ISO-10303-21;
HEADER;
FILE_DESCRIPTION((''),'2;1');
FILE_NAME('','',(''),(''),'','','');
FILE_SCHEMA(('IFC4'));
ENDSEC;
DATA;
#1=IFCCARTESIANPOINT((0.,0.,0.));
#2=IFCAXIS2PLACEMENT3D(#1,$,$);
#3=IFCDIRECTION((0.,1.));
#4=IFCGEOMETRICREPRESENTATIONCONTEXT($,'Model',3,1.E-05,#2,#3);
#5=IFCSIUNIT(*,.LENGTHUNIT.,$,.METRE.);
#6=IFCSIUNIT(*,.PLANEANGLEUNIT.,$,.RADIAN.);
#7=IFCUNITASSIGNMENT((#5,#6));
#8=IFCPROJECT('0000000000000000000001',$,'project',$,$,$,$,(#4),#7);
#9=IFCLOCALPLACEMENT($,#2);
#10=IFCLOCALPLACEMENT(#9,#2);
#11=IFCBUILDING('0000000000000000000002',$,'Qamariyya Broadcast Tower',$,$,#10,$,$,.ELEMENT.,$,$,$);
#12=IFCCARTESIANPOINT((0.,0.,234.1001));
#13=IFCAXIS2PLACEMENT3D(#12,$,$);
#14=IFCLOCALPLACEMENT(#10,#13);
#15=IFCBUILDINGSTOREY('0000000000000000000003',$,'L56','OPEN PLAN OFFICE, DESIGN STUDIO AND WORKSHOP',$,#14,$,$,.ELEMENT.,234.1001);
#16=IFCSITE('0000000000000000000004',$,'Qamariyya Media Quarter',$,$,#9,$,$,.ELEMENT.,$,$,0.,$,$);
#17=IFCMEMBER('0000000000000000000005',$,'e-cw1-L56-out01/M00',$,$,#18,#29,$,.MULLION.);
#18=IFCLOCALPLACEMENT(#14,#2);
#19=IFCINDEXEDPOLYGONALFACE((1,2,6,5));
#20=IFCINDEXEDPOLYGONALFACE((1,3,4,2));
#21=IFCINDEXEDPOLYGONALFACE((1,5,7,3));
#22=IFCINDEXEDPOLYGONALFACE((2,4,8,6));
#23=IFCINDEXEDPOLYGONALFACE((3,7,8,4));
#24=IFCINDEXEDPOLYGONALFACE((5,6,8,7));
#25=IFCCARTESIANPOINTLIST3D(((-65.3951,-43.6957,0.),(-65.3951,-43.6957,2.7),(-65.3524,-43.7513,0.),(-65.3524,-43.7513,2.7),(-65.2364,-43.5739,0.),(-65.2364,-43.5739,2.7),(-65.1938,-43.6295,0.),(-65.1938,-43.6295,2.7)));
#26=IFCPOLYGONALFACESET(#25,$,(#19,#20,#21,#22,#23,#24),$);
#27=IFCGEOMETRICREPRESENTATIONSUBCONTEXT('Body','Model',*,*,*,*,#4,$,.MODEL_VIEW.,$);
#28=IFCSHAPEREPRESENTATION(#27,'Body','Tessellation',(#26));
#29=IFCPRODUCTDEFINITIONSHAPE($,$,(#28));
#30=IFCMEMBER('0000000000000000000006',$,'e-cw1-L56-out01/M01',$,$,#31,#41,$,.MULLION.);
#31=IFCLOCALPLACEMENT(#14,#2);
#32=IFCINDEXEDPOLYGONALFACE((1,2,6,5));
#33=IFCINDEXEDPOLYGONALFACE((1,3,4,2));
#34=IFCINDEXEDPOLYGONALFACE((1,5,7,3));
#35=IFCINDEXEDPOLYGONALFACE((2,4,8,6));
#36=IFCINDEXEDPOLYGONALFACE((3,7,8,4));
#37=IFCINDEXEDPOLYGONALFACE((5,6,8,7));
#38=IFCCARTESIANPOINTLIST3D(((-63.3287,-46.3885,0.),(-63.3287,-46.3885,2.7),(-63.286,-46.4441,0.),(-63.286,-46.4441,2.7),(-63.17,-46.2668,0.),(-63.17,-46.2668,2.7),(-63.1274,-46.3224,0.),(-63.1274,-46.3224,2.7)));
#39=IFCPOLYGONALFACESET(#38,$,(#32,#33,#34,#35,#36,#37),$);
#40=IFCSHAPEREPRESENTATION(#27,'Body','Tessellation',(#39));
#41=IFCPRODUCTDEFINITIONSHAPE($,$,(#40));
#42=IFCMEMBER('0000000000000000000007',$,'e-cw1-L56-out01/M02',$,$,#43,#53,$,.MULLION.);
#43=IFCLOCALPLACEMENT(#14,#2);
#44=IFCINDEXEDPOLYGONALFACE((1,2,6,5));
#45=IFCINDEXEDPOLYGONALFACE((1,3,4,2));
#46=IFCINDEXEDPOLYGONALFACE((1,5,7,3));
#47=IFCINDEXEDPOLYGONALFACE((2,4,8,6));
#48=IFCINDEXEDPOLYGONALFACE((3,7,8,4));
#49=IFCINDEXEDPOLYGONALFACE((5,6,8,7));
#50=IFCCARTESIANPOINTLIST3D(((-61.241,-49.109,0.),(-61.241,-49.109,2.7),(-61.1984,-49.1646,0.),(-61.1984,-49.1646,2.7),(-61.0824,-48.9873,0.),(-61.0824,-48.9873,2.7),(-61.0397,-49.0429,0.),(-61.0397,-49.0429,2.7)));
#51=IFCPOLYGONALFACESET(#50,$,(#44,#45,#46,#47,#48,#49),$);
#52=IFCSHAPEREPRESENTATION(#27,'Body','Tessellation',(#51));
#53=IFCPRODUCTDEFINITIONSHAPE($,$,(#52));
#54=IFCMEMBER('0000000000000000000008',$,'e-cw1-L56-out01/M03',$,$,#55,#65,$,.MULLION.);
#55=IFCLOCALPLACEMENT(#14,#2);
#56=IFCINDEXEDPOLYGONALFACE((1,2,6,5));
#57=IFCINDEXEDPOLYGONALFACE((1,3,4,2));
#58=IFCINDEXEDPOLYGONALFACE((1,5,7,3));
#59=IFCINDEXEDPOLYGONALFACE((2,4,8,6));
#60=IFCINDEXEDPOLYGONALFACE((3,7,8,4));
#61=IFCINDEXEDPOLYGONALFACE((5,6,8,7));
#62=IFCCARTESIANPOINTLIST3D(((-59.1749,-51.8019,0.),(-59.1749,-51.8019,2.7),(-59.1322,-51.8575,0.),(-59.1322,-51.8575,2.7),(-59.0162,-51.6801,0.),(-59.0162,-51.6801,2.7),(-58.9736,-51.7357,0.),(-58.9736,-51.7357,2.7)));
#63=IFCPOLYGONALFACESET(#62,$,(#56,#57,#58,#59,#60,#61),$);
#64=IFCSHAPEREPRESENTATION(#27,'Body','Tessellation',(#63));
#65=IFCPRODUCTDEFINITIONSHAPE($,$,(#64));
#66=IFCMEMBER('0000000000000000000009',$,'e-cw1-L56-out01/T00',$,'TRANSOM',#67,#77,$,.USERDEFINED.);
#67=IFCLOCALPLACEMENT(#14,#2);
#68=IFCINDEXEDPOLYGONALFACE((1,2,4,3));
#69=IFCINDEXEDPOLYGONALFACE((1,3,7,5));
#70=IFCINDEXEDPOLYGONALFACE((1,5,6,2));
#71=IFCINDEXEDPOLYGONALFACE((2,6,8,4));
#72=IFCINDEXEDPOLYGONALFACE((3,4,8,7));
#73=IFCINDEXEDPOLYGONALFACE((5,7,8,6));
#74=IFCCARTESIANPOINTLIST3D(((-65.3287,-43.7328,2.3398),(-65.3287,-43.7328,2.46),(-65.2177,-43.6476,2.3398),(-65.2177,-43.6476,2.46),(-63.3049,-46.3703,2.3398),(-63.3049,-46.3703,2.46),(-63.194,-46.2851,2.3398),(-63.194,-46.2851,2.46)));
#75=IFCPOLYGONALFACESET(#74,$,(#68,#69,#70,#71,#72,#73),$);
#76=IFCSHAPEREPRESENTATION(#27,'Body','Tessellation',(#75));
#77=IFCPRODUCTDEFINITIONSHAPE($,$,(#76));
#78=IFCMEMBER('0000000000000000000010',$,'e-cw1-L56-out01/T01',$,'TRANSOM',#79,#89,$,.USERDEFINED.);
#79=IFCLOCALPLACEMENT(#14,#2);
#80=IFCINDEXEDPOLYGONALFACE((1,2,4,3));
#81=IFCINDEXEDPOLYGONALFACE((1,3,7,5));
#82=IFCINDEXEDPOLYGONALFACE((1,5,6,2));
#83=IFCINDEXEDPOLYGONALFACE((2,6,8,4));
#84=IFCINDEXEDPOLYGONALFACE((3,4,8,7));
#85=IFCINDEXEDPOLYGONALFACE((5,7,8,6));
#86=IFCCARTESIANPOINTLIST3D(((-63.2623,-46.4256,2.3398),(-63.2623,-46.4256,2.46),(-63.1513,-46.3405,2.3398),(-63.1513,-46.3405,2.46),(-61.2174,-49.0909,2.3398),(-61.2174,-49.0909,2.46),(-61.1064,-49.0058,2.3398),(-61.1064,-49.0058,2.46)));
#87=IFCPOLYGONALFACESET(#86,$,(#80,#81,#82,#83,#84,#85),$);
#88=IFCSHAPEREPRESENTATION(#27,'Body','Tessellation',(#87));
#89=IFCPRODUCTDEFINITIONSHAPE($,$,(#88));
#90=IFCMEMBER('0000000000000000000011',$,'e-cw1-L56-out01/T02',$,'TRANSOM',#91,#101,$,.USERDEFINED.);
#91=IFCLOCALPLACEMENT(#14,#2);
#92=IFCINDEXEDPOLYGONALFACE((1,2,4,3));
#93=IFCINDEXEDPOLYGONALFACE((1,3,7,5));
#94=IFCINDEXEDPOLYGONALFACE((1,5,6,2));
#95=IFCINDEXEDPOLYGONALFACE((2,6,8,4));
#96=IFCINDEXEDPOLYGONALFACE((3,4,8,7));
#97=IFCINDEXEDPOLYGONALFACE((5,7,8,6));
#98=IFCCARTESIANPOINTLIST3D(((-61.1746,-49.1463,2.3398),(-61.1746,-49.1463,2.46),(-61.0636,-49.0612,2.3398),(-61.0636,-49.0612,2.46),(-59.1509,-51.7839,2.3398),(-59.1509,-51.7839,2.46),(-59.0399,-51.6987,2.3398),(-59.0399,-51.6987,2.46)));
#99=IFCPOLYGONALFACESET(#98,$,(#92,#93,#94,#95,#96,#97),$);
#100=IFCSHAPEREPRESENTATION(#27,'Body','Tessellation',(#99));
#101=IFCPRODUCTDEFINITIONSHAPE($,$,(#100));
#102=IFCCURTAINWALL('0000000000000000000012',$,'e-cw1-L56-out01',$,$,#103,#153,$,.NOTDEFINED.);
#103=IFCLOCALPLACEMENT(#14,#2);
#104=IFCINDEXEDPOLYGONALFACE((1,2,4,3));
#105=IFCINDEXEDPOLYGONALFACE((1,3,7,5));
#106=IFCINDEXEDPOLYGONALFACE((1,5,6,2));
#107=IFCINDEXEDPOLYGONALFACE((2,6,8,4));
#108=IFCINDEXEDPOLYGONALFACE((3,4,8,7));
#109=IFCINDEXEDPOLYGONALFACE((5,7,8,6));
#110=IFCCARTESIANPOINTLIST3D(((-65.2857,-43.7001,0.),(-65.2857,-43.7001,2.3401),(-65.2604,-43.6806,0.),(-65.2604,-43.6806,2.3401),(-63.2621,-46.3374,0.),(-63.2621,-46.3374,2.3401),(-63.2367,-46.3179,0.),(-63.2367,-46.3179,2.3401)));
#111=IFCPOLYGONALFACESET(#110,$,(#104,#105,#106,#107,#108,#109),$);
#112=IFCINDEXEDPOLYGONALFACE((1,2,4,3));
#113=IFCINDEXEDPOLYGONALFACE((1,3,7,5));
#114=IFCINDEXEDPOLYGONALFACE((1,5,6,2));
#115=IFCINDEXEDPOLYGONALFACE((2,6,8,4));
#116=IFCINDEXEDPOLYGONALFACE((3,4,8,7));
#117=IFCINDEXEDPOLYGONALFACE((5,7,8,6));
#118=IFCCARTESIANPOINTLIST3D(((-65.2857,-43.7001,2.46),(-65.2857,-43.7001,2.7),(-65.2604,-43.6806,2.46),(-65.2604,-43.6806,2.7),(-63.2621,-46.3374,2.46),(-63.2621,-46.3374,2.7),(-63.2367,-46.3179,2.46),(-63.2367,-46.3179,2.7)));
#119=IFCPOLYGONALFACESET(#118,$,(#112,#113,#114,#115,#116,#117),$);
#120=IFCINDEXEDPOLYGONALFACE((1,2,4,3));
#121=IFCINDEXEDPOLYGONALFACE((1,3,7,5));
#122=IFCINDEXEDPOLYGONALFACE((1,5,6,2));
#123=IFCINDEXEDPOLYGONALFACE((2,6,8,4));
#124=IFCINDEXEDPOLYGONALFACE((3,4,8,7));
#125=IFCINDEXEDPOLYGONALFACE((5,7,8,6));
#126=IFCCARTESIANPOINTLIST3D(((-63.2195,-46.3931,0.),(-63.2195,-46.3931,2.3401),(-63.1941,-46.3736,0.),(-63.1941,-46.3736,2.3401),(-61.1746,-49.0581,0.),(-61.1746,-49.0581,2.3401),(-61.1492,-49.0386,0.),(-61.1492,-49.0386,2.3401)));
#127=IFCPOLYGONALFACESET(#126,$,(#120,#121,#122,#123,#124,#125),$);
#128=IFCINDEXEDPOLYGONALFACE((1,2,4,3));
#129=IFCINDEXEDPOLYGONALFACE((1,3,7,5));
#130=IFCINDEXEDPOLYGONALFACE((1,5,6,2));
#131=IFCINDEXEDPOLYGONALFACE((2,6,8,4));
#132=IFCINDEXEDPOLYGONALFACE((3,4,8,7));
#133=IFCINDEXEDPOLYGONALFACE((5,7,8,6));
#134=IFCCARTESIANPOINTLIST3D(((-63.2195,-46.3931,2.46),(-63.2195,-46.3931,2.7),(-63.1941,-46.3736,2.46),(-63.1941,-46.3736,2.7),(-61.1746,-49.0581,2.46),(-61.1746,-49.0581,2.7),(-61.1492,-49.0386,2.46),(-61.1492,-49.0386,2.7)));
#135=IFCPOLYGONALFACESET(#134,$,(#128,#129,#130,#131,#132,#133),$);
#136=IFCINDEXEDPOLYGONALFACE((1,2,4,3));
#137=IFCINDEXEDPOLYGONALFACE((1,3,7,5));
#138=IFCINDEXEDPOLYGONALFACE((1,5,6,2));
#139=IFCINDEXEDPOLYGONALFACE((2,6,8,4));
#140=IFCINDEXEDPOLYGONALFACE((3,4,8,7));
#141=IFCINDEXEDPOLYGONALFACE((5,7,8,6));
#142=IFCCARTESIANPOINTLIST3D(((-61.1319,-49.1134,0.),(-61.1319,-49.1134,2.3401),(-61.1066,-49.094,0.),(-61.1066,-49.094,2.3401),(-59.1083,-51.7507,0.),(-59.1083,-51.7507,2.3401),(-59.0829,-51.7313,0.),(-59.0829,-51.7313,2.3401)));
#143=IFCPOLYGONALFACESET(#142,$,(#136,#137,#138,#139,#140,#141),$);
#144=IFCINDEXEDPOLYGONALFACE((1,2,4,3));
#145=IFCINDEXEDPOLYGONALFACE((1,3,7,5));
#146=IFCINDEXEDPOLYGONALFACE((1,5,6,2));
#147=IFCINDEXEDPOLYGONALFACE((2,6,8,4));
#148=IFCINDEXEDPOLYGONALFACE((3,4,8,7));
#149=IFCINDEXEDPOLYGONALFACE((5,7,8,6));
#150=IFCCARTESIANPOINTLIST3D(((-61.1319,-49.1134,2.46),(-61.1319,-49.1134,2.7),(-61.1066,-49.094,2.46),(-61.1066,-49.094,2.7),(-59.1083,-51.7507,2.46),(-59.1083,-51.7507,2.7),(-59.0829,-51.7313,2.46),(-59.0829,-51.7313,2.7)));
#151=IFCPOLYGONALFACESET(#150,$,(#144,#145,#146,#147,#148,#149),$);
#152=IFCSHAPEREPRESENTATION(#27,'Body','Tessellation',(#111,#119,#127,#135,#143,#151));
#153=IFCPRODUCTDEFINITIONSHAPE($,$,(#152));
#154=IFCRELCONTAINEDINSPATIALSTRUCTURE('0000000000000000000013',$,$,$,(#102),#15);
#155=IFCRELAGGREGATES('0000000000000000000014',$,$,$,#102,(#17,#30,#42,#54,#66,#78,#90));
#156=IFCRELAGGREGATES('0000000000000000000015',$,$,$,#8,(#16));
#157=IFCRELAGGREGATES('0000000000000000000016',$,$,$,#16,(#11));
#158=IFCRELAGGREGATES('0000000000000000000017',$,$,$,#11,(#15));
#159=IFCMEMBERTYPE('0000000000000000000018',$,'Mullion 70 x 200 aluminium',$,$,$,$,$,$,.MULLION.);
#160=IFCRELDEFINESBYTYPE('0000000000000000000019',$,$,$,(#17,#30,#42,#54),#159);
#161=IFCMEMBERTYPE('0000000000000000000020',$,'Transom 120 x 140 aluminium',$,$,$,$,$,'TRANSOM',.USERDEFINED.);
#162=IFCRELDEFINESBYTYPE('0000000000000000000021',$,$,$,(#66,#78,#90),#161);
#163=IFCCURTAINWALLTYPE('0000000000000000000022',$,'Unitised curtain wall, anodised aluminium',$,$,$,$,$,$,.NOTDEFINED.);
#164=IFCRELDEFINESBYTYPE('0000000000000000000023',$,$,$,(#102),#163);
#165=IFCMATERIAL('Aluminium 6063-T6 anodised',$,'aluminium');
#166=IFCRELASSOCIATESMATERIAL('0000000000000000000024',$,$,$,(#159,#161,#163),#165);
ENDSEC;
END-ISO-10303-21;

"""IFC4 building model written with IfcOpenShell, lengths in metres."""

from ifc_helpers import new_model, si_unit, direction, frame, origin, origin_2d, place, context, subcontext, project, spatial, rectangle, extrude, material, material_profile, profile_set, type_object, element, aggregate, save


model = new_model("IFC4")

# Units and contexts
model_context = context("Model", 3, precision=1e-05, world=origin(), true_north=direction((0.0, 1.0)))
body_context = subcontext(model_context, "Body", "Model", "MODEL_VIEW")
ifc_project = project(units=[si_unit("LENGTHUNIT", "METRE"), si_unit("PLANEANGLEUNIT", "RADIAN")], contexts=[model_context])

# Members
ifc_material_1 = material(Name="Aluminium 6063-T6 anodised", Category="aluminium")
ifc_material_profile_1 = material_profile(ifc_material_1, rectangle(XDim=0.2, YDim=0.0701, at=origin_2d()))
ifc_profile_set_1 = profile_set([ifc_material_profile_1], Name="Aluminium 6063-T6 anodised")
member_type_1 = type_object("IfcMemberType", Name="Mullion 70 x 200 aluminium", PredefinedType="MULLION", material=ifc_profile_set_1)
site_placement = place(None, origin())
building_placement = place(site_placement, origin())
storey_placement = place(building_placement, frame((0.0, 0.0, 234.1001)))
member_1_placement = place(storey_placement, frame((-65.2944, -43.6626, 0.0), z_axis=(0.0, 0.0, 1.0), x_axis=(0.793353, 0.608761, 0.0)))
member_1 = element("IfcMember", 1, at=member_1_placement, type_object=member_type_1, Name="e-cw1-L56-out01/M00", PredefinedType="MULLION", context=body_context, shape_type="SweptSolid", body=[
    extrude(rectangle(XDim=0.2, YDim=0.0701, at=origin_2d()), origin(), (0.0, 0.0, 1.0), 2.7),
])
member_2_placement = place(storey_placement, frame((-63.228, -46.3555, 0.0), z_axis=(0.0, 0.0, 1.0), x_axis=(0.793353, 0.608761, 0.0)))
member_2 = element("IfcMember", 2, at=member_2_placement, type_object=member_type_1, Name="e-cw1-L56-out01/M01", PredefinedType="MULLION", context=body_context, shape_type="SweptSolid", body=[
    extrude(rectangle(XDim=0.2, YDim=0.0701, at=origin_2d()), origin(), (0.0, 0.0, 1.0), 2.7),
])
member_3_placement = place(storey_placement, frame((-61.1404, -49.0759, 0.0), z_axis=(0.0, 0.0, 1.0), x_axis=(0.793353, 0.608761, 0.0)))
member_3 = element("IfcMember", 3, at=member_3_placement, type_object=member_type_1, Name="e-cw1-L56-out01/M02", PredefinedType="MULLION", context=body_context, shape_type="SweptSolid", body=[
    extrude(rectangle(XDim=0.2, YDim=0.0701, at=origin_2d()), origin(), (0.0, 0.0, 1.0), 2.7),
])
member_4_placement = place(storey_placement, frame((-59.0742, -51.7688, 0.0), z_axis=(0.0, 0.0, 1.0), x_axis=(0.793353, 0.608761, 0.0)))
member_4 = element("IfcMember", 4, at=member_4_placement, type_object=member_type_1, Name="e-cw1-L56-out01/M03", PredefinedType="MULLION", context=body_context, shape_type="SweptSolid", body=[
    extrude(rectangle(XDim=0.2, YDim=0.0701, at=origin_2d()), origin(), (0.0, 0.0, 1.0), 2.7),
])
ifc_material_profile_2 = material_profile(ifc_material_1, rectangle(XDim=0.1399, YDim=0.1201, at=origin_2d()))
ifc_profile_set_2 = profile_set([ifc_material_profile_2], Name="Aluminium 6063-T6 anodised")
member_type_2 = type_object("IfcMemberType", Name="Transom 120 x 140 aluminium", ElementType="TRANSOM", PredefinedType="USERDEFINED", material=ifc_profile_set_2)
member_5_placement = place(storey_placement, frame((-65.2732, -43.6902, 2.3999), z_axis=(0.608741, -0.793369, 0.0), x_axis=(0.793369, 0.608741, 0.0)))
member_5 = element("IfcMember", 5, at=member_5_placement, type_object=member_type_2, Name="e-cw1-L56-out01/T00", ObjectType="TRANSOM", PredefinedType="USERDEFINED", context=body_context, shape_type="SweptSolid", body=[
    extrude(rectangle(XDim=0.1399, YDim=0.1201, at=origin_2d()), origin(), (0.0, 0.0, 1.0), 3.3245),
])
member_6_placement = place(storey_placement, frame((-63.2068, -46.3831, 2.3999), z_axis=(0.60872, -0.793385, 0.0), x_axis=(0.793385, 0.60872, 0.0)))
member_6 = element("IfcMember", 6, at=member_6_placement, type_object=member_type_2, Name="e-cw1-L56-out01/T01", ObjectType="TRANSOM", PredefinedType="USERDEFINED", context=body_context, shape_type="SweptSolid", body=[
    extrude(rectangle(XDim=0.1399, YDim=0.1201, at=origin_2d()), origin(), (0.0, 0.0, 1.0), 3.3594),
])
member_7_placement = place(storey_placement, frame((-61.1191, -49.1038, 2.3999), z_axis=(0.608741, -0.793369, 0.0), x_axis=(0.793369, 0.608741, 0.0)))
member_7 = element("IfcMember", 7, at=member_7_placement, type_object=member_type_2, Name="e-cw1-L56-out01/T02", ObjectType="TRANSOM", PredefinedType="USERDEFINED", context=body_context, shape_type="SweptSolid", body=[
    extrude(rectangle(XDim=0.1399, YDim=0.1201, at=origin_2d()), origin(), (0.0, 0.0, 1.0), 3.3245),
])

# Site, building, storey
site = spatial("IfcSite", under=ifc_project, at=site_placement, Name="Qamariyya Media Quarter", CompositionType="ELEMENT", RefElevation=0.0)
building = spatial("IfcBuilding", under=site, at=building_placement, Name="Qamariyya Broadcast Tower", CompositionType="ELEMENT")
storey = spatial("IfcBuildingStorey", under=building, at=storey_placement, Name="L56", Description="OPEN PLAN OFFICE, DESIGN STUDIO AND WORKSHOP", CompositionType="ELEMENT", Elevation=234.1001)

# Curtain wall
curtain_wall_type = type_object("IfcCurtainWallType", Name="Unitised curtain wall, anodised aluminium", PredefinedType="NOTDEFINED", material=ifc_material_1)
curtain_wall_1_placement = place(storey_placement, origin())
curtain_wall_1 = element("IfcCurtainWall", 8, at=curtain_wall_1_placement, inside=storey, type_object=curtain_wall_type, Name="e-cw1-L56-out01", PredefinedType="NOTDEFINED", context=body_context, shape_type="SweptSolid", body=[
    extrude(rectangle(XDim=3.3242, YDim=0.032, at=origin_2d()), frame((-64.2612, -45.009, 0.0), x_axis=(0.608754, -0.793359, 0.0)), (0.0, 0.0, 1.0), 2.3401),
    extrude(rectangle(XDim=3.3242, YDim=0.032, at=origin_2d()), frame((-64.2612, -45.009, 2.46), x_axis=(0.608754, -0.793359, 0.0)), (0.0, 0.0, 1.0), 0.24),
    extrude(rectangle(XDim=3.3591, YDim=0.032, at=origin_2d()), frame((-62.1843, -47.7158, 0.0), x_axis=(0.608754, -0.793359, 0.0)), (0.0, 0.0, 1.0), 2.3401),
    extrude(rectangle(XDim=3.3591, YDim=0.032, at=origin_2d()), frame((-62.1843, -47.7158, 2.46), x_axis=(0.608754, -0.793359, 0.0)), (0.0, 0.0, 1.0), 0.24),
    extrude(rectangle(XDim=3.3242, YDim=0.032, at=origin_2d()), frame((-60.1074, -50.4224, 0.0), x_axis=(0.608754, -0.793359, 0.0)), (0.0, 0.0, 1.0), 2.3401),
    extrude(rectangle(XDim=3.3242, YDim=0.032, at=origin_2d()), frame((-60.1074, -50.4224, 2.46), x_axis=(0.608754, -0.793359, 0.0)), (0.0, 0.0, 1.0), 0.24),
])
aggregate(curtain_wall_1, [member_1, member_2, member_3, member_4, member_5, member_6, member_7])

save(model, "model.ifc")
